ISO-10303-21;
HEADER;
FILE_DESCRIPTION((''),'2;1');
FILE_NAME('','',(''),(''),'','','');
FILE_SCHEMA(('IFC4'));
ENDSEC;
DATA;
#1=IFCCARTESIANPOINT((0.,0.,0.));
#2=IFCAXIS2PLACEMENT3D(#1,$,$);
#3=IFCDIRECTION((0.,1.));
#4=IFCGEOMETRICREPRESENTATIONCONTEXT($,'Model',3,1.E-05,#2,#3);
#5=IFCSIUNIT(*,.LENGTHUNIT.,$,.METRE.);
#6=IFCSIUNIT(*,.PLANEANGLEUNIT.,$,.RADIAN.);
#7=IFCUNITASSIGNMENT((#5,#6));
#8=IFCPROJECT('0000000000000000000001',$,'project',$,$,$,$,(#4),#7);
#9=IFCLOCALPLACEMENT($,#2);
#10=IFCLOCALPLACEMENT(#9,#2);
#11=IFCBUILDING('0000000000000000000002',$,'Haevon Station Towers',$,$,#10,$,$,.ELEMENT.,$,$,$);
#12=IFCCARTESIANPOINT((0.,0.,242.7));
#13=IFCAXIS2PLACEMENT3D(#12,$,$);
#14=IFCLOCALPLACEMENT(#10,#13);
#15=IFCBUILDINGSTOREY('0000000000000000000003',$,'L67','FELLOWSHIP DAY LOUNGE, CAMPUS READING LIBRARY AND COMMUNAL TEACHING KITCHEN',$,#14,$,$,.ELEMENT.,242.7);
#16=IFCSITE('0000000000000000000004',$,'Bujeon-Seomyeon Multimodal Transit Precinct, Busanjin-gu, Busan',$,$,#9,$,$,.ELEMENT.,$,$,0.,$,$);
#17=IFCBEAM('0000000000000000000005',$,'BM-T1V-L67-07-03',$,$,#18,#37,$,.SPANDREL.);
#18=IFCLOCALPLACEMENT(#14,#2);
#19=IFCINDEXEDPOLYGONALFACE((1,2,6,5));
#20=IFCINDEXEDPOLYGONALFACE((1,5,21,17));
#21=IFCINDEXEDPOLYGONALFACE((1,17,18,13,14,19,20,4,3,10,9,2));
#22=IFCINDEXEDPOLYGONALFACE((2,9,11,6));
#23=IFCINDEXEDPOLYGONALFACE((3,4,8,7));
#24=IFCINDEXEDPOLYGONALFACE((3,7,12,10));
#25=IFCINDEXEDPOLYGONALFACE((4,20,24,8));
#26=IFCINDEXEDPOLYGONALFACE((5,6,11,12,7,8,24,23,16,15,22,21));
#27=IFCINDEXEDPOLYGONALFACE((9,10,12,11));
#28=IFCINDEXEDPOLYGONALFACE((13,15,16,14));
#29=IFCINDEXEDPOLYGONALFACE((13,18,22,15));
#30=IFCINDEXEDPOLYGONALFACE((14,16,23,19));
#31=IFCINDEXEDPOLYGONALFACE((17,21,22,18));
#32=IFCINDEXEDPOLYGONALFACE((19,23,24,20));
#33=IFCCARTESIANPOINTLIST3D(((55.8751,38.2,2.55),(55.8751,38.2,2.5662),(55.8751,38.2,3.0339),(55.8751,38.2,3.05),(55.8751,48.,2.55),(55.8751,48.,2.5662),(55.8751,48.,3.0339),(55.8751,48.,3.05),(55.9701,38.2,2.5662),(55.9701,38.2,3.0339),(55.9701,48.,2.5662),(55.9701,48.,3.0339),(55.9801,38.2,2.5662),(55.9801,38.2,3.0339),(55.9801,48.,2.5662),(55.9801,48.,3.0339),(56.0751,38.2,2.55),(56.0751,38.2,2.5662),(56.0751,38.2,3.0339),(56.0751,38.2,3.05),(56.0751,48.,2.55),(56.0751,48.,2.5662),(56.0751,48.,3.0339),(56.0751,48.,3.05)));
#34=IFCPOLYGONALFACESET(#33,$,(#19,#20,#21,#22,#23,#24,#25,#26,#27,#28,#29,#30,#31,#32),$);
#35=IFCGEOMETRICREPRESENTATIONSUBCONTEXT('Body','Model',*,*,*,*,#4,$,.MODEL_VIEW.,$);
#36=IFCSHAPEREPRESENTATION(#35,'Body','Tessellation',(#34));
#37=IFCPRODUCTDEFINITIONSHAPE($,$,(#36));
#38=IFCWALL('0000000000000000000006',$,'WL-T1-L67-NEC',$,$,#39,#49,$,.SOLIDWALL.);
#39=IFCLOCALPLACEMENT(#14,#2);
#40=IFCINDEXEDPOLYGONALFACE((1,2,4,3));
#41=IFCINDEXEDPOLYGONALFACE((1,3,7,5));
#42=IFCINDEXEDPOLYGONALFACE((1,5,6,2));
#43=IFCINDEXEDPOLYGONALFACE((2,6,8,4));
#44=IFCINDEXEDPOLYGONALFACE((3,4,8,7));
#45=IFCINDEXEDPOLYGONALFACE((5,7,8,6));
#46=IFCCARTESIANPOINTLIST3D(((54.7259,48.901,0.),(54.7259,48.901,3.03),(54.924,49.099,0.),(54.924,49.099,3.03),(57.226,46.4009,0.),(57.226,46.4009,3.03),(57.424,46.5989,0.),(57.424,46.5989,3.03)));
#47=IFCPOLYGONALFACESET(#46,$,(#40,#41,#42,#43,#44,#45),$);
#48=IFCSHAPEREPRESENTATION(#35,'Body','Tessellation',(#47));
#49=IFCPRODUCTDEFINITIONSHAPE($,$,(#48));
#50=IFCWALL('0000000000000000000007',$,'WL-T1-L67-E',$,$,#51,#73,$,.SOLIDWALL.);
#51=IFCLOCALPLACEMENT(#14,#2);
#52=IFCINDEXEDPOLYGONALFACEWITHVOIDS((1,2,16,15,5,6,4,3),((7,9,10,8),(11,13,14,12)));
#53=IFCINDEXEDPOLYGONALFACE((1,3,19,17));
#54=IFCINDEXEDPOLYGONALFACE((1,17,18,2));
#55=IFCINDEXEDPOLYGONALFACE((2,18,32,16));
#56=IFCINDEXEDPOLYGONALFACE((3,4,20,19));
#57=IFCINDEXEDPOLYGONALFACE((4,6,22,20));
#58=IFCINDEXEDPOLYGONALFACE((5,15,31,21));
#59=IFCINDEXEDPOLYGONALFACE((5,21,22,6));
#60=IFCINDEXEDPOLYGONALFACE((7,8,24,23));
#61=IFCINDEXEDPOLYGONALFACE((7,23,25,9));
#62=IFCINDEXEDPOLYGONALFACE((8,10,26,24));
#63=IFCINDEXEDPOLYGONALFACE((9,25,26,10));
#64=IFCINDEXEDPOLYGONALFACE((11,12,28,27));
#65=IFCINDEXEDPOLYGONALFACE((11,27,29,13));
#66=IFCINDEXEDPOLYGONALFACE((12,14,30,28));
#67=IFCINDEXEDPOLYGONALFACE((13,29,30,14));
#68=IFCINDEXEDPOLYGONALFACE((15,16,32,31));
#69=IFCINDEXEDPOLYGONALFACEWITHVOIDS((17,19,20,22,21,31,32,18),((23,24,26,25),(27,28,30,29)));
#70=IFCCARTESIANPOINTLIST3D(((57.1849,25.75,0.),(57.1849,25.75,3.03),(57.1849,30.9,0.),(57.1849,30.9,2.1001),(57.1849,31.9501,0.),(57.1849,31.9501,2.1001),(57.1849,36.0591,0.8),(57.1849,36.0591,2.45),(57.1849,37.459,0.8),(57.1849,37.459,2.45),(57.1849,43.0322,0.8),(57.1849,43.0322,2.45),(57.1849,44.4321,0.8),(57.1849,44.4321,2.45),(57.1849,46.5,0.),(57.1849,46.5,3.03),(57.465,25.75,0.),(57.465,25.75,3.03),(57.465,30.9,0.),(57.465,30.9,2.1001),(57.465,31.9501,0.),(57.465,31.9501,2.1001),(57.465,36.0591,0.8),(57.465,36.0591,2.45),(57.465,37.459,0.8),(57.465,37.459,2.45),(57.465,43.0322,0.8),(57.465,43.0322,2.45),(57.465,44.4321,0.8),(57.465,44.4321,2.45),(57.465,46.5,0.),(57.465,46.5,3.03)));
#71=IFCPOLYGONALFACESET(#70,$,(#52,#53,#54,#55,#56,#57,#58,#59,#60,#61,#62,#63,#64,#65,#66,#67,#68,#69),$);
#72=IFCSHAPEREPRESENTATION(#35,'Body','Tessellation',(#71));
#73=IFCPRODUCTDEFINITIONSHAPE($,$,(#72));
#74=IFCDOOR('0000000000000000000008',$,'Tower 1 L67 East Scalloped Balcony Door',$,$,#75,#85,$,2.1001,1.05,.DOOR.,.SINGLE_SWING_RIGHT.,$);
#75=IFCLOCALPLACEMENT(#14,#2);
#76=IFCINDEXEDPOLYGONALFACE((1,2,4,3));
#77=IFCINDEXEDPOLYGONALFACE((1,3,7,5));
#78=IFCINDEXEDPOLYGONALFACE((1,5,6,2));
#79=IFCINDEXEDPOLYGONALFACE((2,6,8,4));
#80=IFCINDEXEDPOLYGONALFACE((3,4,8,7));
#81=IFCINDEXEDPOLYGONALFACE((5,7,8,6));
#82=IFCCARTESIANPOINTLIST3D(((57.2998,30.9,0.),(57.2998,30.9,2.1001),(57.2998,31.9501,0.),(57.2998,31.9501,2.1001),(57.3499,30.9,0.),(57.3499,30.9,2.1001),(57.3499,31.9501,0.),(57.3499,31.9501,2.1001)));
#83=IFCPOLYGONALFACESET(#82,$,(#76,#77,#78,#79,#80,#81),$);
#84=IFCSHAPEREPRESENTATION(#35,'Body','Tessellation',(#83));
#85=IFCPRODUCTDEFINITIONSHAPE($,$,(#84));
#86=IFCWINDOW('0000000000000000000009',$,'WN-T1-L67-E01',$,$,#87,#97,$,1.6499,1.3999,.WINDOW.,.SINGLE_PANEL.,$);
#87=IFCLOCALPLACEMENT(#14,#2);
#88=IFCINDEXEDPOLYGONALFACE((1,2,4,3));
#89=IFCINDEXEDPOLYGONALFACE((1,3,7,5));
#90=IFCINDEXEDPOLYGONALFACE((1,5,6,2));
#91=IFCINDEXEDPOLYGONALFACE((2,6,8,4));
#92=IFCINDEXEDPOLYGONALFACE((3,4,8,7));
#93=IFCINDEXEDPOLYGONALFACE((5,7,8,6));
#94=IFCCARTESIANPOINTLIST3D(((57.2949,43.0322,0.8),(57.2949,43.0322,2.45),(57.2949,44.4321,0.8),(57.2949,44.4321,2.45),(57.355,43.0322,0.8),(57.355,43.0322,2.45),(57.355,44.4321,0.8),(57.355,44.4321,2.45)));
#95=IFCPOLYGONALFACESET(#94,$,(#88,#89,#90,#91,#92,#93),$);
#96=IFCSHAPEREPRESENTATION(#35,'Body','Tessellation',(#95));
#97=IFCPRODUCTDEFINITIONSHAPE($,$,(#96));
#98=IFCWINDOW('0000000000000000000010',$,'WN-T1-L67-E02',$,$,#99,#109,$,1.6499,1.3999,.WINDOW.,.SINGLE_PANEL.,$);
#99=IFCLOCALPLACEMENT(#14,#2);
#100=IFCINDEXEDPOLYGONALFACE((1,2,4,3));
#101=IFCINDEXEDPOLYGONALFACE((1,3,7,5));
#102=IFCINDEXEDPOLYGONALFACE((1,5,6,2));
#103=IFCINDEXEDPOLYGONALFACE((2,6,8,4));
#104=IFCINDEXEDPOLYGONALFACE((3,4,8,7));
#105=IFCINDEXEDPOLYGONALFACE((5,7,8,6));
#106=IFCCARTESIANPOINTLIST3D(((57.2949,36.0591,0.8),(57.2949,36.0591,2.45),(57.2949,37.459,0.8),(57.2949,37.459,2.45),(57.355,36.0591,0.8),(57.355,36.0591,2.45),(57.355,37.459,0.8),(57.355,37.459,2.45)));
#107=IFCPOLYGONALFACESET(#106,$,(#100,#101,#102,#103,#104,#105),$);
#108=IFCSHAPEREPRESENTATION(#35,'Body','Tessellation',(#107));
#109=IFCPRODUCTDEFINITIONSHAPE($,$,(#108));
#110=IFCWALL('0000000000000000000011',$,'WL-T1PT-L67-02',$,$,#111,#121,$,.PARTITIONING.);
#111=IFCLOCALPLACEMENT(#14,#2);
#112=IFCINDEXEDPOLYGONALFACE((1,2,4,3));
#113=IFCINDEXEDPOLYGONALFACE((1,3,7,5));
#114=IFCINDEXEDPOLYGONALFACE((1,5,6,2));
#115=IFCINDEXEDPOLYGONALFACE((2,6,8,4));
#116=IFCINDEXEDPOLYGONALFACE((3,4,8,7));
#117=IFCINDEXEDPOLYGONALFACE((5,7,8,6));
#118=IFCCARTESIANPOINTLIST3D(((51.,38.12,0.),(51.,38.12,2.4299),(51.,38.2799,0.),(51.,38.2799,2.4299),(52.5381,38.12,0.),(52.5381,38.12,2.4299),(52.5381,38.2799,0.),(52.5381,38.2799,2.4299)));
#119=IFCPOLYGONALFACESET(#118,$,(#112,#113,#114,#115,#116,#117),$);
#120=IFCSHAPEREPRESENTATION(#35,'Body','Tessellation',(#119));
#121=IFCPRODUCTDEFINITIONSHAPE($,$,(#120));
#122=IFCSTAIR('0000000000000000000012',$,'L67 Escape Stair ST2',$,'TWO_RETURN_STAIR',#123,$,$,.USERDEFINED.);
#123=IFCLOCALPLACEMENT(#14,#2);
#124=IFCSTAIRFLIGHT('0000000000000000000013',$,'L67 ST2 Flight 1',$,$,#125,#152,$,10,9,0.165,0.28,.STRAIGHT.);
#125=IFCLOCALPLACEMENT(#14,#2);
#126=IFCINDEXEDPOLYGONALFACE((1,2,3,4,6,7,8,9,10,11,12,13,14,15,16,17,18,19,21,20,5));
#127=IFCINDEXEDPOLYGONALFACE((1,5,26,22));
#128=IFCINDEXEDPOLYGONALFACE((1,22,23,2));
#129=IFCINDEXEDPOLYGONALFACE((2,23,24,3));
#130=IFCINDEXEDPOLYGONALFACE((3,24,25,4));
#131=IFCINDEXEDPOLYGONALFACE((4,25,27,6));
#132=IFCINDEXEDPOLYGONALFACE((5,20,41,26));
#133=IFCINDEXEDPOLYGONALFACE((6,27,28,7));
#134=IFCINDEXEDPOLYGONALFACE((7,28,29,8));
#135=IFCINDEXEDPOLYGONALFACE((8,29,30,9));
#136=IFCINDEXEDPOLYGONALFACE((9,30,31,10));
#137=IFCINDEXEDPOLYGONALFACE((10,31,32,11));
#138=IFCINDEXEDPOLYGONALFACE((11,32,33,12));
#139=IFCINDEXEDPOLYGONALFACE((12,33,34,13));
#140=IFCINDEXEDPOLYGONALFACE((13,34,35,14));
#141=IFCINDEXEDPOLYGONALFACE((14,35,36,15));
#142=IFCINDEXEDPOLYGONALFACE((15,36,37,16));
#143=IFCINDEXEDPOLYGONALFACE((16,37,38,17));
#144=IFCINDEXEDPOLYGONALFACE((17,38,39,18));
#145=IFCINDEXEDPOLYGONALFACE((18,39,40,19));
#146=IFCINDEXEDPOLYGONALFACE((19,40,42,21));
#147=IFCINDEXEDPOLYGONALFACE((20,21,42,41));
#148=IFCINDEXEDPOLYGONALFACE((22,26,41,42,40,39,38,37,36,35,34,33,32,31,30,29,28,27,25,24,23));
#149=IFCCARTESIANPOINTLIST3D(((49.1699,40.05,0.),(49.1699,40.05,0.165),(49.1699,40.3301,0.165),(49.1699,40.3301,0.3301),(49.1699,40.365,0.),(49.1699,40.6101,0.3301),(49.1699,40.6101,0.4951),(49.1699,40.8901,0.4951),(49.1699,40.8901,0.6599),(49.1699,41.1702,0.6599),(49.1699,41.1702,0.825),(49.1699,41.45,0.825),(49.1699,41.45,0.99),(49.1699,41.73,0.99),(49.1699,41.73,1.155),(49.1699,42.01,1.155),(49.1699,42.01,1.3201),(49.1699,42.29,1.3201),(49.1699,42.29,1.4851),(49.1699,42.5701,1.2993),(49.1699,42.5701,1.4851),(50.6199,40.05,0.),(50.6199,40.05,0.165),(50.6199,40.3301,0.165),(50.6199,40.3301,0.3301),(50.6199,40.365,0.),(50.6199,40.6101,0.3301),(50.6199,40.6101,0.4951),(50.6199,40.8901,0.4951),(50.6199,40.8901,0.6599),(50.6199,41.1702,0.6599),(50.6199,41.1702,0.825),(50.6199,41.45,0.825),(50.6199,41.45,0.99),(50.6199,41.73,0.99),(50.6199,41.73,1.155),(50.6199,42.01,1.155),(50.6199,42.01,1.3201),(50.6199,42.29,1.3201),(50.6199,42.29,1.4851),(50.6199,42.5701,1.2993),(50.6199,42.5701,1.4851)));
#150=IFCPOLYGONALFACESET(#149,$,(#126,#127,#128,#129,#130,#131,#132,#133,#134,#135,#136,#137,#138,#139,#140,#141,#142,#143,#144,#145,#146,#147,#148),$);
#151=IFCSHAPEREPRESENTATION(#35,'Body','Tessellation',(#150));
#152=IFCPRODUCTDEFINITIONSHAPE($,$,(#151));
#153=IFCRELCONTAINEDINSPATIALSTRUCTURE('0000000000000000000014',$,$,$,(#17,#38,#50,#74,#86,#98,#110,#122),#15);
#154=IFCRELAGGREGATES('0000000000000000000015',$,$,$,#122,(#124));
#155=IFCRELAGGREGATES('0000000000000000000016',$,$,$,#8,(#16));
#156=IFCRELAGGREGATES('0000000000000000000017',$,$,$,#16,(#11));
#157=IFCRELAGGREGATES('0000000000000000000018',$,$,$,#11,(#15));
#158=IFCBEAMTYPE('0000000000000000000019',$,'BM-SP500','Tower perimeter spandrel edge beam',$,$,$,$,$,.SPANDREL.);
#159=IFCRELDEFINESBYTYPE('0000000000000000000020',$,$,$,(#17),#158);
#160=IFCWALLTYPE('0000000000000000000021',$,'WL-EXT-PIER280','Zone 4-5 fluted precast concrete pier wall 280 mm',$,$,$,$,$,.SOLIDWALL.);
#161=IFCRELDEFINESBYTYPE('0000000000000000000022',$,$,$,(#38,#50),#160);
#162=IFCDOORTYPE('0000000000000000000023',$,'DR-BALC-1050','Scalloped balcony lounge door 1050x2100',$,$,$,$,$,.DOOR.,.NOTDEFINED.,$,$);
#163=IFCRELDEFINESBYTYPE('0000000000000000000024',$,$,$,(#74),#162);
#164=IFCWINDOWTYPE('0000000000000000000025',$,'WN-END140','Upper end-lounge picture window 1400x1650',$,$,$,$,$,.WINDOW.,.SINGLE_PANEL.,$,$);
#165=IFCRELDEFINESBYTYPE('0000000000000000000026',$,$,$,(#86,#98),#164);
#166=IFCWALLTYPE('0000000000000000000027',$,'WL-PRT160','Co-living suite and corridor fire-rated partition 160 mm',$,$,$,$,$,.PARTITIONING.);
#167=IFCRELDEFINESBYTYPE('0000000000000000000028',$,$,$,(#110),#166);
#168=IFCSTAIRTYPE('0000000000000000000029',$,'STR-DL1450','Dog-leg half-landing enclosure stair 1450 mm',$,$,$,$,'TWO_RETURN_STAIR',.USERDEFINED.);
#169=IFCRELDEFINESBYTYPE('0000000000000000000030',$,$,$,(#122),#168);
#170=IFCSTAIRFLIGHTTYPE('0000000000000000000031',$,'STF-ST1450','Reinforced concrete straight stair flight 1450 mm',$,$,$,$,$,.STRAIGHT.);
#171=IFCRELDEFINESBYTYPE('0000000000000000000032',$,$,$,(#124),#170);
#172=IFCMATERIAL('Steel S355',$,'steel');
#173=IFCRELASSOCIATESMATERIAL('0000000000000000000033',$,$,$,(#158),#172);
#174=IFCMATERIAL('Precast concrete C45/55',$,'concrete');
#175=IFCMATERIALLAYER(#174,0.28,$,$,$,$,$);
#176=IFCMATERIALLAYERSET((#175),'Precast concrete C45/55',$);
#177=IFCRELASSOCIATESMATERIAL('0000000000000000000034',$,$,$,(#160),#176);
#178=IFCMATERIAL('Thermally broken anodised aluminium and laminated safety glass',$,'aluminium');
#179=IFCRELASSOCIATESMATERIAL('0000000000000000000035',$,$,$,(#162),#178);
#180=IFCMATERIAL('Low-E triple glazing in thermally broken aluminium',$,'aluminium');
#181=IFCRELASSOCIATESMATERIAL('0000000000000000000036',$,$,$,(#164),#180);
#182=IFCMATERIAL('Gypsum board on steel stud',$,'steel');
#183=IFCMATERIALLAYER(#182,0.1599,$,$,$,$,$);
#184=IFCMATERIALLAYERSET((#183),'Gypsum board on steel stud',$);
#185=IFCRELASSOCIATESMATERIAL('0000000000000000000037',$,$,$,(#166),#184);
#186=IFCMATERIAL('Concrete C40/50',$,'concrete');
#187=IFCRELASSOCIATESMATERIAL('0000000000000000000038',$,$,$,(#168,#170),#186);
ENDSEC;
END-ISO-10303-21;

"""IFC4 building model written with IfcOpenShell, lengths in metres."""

from ifc_helpers import new_model, si_unit, direction, frame, frame_2d, origin, origin_2d, place, context, subcontext, project, spatial, polyline, rectangle, i_section, outline, extrude, material, layer, layer_set, material_profile, profile_set, type_object, element, fill, aggregate, save


model = new_model("IFC4")

# Units and contexts
model_context = context("Model", 3, precision=1e-05, world=origin(), true_north=direction((0.0, 1.0)))
body_context = subcontext(model_context, "Body", "Model", "MODEL_VIEW")
ifc_project = project(units=[si_unit("LENGTHUNIT", "METRE"), si_unit("PLANEANGLEUNIT", "RADIAN")], contexts=[model_context])

# Site, building, storey
site_placement = place(None, origin())
site = spatial("IfcSite", under=ifc_project, at=site_placement, Name="Bujeon-Seomyeon Multimodal Transit Precinct, Busanjin-gu, Busan", CompositionType="ELEMENT", RefElevation=0.0)
building_placement = place(site_placement, origin())
building = spatial("IfcBuilding", under=site, at=building_placement, Name="Haevon Station Towers", CompositionType="ELEMENT")
storey_placement = place(building_placement, frame((0.0, 0.0, 242.7)))
storey = spatial("IfcBuildingStorey", under=building, at=storey_placement, Name="L67", Description="FELLOWSHIP DAY LOUNGE, CAMPUS READING LIBRARY AND COMMUNAL TEACHING KITCHEN", CompositionType="ELEMENT", Elevation=242.7)

# Shared definitions
ifc_material_1 = material(Name="Steel S355", Category="steel")

# Beam
ifc_material_profile_1 = material_profile(ifc_material_1, i_section(OverallWidth=0.2, OverallDepth=0.5, WebThickness=0.01, FlangeThickness=0.0161, at=origin_2d()), Name="H-500x200x10x16")
ifc_profile_set_1 = profile_set([ifc_material_profile_1], Name="Steel S355")
beam_type_1 = type_object("IfcBeamType", Name="BM-SP500", Description="Tower perimeter spandrel edge beam", PredefinedType="SPANDREL", material=ifc_profile_set_1)
beam_1_placement = place(storey_placement, frame((55.9751, 38.2, 2.8), z_axis=(0.0, 1.0, 0.0), x_axis=(-1.0, 0.0, 0.0)))
element("IfcBeam", 1, at=beam_1_placement, inside=storey, type_object=beam_type_1, Name="BM-T1V-L67-07-03", PredefinedType="SPANDREL", context=body_context, shape_type="SweptSolid", body=[
    extrude(i_section(OverallWidth=0.2, OverallDepth=0.5, WebThickness=0.01, FlangeThickness=0.0161, at=origin_2d()), origin(), (0.0, 0.0, 1.0), 9.8),
])

# Wall
ifc_material_2 = material(Name="Precast concrete C45/55", Category="concrete")
ifc_layer_1 = layer(ifc_material_2, 0.28)
ifc_layer_set_1 = layer_set([ifc_layer_1], Name="Precast concrete C45/55")
wall_type_1 = type_object("IfcWallType", Name="WL-EXT-PIER280", Description="Zone 4-5 fluted precast concrete pier wall 280 mm", PredefinedType="SOLIDWALL", material=ifc_layer_set_1)
wall_1_placement = place(storey_placement, frame((54.825, 49.0, 0.0), z_axis=(0.0, 0.0, 1.0), x_axis=(0.707107, -0.707107, 0.0)))
element("IfcWall", 2, at=wall_1_placement, inside=storey, type_object=wall_type_1, Name="WL-T1-L67-NEC", PredefinedType="SOLIDWALL", context=body_context, shape_type="SweptSolid", body=[
    extrude(rectangle(XDim=3.5356, YDim=0.28, at=frame_2d((1.7678, 0.0))), origin(), (0.0, 0.0, 1.0), 3.03),
])

# Wall, openings, door, windows
wall_2_placement = place(storey_placement, frame((57.325, 46.5, 0.0), z_axis=(0.0, 0.0, 1.0), x_axis=(0.0, -1.0, 0.0)))
wall_2 = element("IfcWall", 3, at=wall_2_placement, inside=storey, type_object=wall_type_1, Name="WL-T1-L67-E", PredefinedType="SOLIDWALL", context=body_context, shape_type="SweptSolid", body=[
    extrude(rectangle(XDim=20.75, YDim=0.28, at=frame_2d((10.375, 0.0))), origin(), (0.0, 0.0, 1.0), 3.03),
])
opening_1_placement = place(wall_2_placement, frame((14.55, 0.0, 0.0)))
opening_1 = element("IfcOpeningElement", 4, at=opening_1_placement, cuts=wall_2, PredefinedType="OPENING", context=body_context, shape_type="SweptSolid", body=[
    extrude(rectangle(XDim=1.05, YDim=2.1001, at=frame_2d((0.5249, 1.05))), frame((0.0, 0.1499, 0.0), z_axis=(0.0, -1.0, 0.0), x_axis=(1.0, 0.0, 0.0)), (0.0, 0.0, 1.0), 0.3),
])
opening_2_placement = place(wall_2_placement, frame((2.0679, 0.0, 0.8)))
opening_2 = element("IfcOpeningElement", 5, at=opening_2_placement, cuts=wall_2, PredefinedType="OPENING", context=body_context, shape_type="SweptSolid", body=[
    extrude(rectangle(XDim=1.3999, YDim=1.6499, at=frame_2d((0.7, 0.825))), frame((0.0, 0.1499, 0.0), z_axis=(0.0, -1.0, 0.0), x_axis=(1.0, 0.0, 0.0)), (0.0, 0.0, 1.0), 0.3),
])
opening_3_placement = place(wall_2_placement, frame((9.041, 0.0, 0.8)))
opening_3 = element("IfcOpeningElement", 6, at=opening_3_placement, cuts=wall_2, PredefinedType="OPENING", context=body_context, shape_type="SweptSolid", body=[
    extrude(rectangle(XDim=1.3999, YDim=1.6499, at=frame_2d((0.7, 0.825))), frame((0.0, 0.1499, 0.0), z_axis=(0.0, -1.0, 0.0), x_axis=(1.0, 0.0, 0.0)), (0.0, 0.0, 1.0), 0.3),
])
ifc_material_3 = material(Name="Thermally broken anodised aluminium and laminated safety glass", Category="aluminium")
door_type = type_object("IfcDoorType", Name="DR-BALC-1050", Description="Scalloped balcony lounge door 1050x2100", OperationType="NOTDEFINED", PredefinedType="DOOR", material=ifc_material_3)
door_placement = place(opening_1_placement, origin())
door = element("IfcDoor", 7, at=door_placement, inside=storey, type_object=door_type, Name="Tower 1 L67 East Scalloped Balcony Door", OperationType="SINGLE_SWING_RIGHT", OverallHeight=2.1001, OverallWidth=1.05, PredefinedType="DOOR", context=body_context, shape_type="SweptSolid", body=[
    extrude(rectangle(XDim=1.05, YDim=2.1001, at=frame_2d((0.5249, 1.05))), frame((0.0, 0.0249, 0.0), z_axis=(0.0, -1.0, 0.0), x_axis=(1.0, 0.0, 0.0)), (0.0, 0.0, 1.0), 0.05),
])
fill(opening_1, door)
ifc_material_4 = material(Name="Low-E triple glazing in thermally broken aluminium", Category="aluminium")
window_type = type_object("IfcWindowType", Name="WN-END140", Description="Upper end-lounge picture window 1400x1650", PartitioningType="SINGLE_PANEL", PredefinedType="WINDOW", material=ifc_material_4)
window_1_placement = place(opening_2_placement, origin())
window_1 = element("IfcWindow", 8, at=window_1_placement, inside=storey, type_object=window_type, Name="WN-T1-L67-E01", OverallHeight=1.6499, OverallWidth=1.3999, PartitioningType="SINGLE_PANEL", PredefinedType="WINDOW", context=body_context, shape_type="SweptSolid", body=[
    extrude(rectangle(XDim=1.3999, YDim=1.6499, at=frame_2d((0.7, 0.825))), frame((0.0, 0.03, 0.0), z_axis=(0.0, -1.0, 0.0), x_axis=(1.0, 0.0, 0.0)), (0.0, 0.0, 1.0), 0.0601),
])
fill(opening_2, window_1)
window_2_placement = place(opening_3_placement, origin())
window_2 = element("IfcWindow", 9, at=window_2_placement, inside=storey, type_object=window_type, Name="WN-T1-L67-E02", OverallHeight=1.6499, OverallWidth=1.3999, PartitioningType="SINGLE_PANEL", PredefinedType="WINDOW", context=body_context, shape_type="SweptSolid", body=[
    extrude(rectangle(XDim=1.3999, YDim=1.6499, at=frame_2d((0.7, 0.825))), frame((0.0, 0.03, 0.0), z_axis=(0.0, -1.0, 0.0), x_axis=(1.0, 0.0, 0.0)), (0.0, 0.0, 1.0), 0.0601),
])
fill(opening_3, window_2)

# Wall
ifc_material_5 = material(Name="Gypsum board on steel stud", Category="steel")
ifc_layer_2 = layer(ifc_material_5, 0.1599)
ifc_layer_set_2 = layer_set([ifc_layer_2], Name="Gypsum board on steel stud")
wall_type_2 = type_object("IfcWallType", Name="WL-PRT160", Description="Co-living suite and corridor fire-rated partition 160 mm", PredefinedType="PARTITIONING", material=ifc_layer_set_2)
wall_3_placement = place(storey_placement, frame((51.0, 38.2, 0.0), z_axis=(0.0, 0.0, 1.0), x_axis=(1.0, 0.0, 0.0)))
element("IfcWall", 10, at=wall_3_placement, inside=storey, type_object=wall_type_2, Name="WL-T1PT-L67-02", PredefinedType="PARTITIONING", context=body_context, shape_type="SweptSolid", body=[
    extrude(rectangle(XDim=1.5381, YDim=0.1599, at=frame_2d((0.769, 0.0))), origin(), (0.0, 0.0, 1.0), 2.4299),
])

# Stair, stair flight
ifc_material_6 = material(Name="Concrete C40/50", Category="concrete")
stair_type = type_object("IfcStairType", Name="STR-DL1450", Description="Dog-leg half-landing enclosure stair 1450 mm", ElementType="TWO_RETURN_STAIR", PredefinedType="USERDEFINED", material=ifc_material_6)
stair_placement = place(storey_placement, origin())
stair = element("IfcStair", 11, at=stair_placement, inside=storey, type_object=stair_type, Name="L67 Escape Stair ST2", ObjectType="TWO_RETURN_STAIR", PredefinedType="USERDEFINED")
stair_flight_type = type_object("IfcStairFlightType", Name="STF-ST1450", Description="Reinforced concrete straight stair flight 1450 mm", PredefinedType="STRAIGHT", material=ifc_material_6)
stair_flight_1_placement = place(storey_placement, frame((49.895, 40.05, 0.0), z_axis=(0.0, 0.0, 1.0), x_axis=(0.0, 1.0, 0.0)))
stair_flight_1 = element("IfcStairFlight", 12, at=stair_flight_1_placement, type_object=stair_flight_type, Name="L67 ST2 Flight 1", NumberOfRisers=10, NumberOfTreads=9, PredefinedType="STRAIGHT", RiserHeight=0.165, TreadLength=0.28, context=body_context, shape_type="SweptSolid", body=[
    extrude(outline(polyline([(0.0, 0.0), (0.0, 0.165), (0.28, 0.165), (0.28, 0.3301), (0.5601, 0.3301), (0.5601, 0.4951), (0.8401, 0.4951), (0.8401, 0.6599), (1.1201, 0.6599), (1.1201, 0.825), (1.3999, 0.825), (1.3999, 0.99), (1.6799, 0.99), (1.6799, 1.155), (1.96, 1.155), (1.96, 1.3201), (2.24, 1.3201), (2.24, 1.4851), (2.52, 1.4851), (2.52, 1.6499), (2.52, 1.2993), (0.3149, 0.0), (0.0, 0.0)])), frame((0.0, 0.7251, 0.0), z_axis=(0.0, -1.0, 0.0), x_axis=(1.0, 0.0, 0.0)), (0.0, 0.0, 1.0), 1.45),
])
aggregate(stair, [stair_flight_1])

save(model, "model.ifc")
